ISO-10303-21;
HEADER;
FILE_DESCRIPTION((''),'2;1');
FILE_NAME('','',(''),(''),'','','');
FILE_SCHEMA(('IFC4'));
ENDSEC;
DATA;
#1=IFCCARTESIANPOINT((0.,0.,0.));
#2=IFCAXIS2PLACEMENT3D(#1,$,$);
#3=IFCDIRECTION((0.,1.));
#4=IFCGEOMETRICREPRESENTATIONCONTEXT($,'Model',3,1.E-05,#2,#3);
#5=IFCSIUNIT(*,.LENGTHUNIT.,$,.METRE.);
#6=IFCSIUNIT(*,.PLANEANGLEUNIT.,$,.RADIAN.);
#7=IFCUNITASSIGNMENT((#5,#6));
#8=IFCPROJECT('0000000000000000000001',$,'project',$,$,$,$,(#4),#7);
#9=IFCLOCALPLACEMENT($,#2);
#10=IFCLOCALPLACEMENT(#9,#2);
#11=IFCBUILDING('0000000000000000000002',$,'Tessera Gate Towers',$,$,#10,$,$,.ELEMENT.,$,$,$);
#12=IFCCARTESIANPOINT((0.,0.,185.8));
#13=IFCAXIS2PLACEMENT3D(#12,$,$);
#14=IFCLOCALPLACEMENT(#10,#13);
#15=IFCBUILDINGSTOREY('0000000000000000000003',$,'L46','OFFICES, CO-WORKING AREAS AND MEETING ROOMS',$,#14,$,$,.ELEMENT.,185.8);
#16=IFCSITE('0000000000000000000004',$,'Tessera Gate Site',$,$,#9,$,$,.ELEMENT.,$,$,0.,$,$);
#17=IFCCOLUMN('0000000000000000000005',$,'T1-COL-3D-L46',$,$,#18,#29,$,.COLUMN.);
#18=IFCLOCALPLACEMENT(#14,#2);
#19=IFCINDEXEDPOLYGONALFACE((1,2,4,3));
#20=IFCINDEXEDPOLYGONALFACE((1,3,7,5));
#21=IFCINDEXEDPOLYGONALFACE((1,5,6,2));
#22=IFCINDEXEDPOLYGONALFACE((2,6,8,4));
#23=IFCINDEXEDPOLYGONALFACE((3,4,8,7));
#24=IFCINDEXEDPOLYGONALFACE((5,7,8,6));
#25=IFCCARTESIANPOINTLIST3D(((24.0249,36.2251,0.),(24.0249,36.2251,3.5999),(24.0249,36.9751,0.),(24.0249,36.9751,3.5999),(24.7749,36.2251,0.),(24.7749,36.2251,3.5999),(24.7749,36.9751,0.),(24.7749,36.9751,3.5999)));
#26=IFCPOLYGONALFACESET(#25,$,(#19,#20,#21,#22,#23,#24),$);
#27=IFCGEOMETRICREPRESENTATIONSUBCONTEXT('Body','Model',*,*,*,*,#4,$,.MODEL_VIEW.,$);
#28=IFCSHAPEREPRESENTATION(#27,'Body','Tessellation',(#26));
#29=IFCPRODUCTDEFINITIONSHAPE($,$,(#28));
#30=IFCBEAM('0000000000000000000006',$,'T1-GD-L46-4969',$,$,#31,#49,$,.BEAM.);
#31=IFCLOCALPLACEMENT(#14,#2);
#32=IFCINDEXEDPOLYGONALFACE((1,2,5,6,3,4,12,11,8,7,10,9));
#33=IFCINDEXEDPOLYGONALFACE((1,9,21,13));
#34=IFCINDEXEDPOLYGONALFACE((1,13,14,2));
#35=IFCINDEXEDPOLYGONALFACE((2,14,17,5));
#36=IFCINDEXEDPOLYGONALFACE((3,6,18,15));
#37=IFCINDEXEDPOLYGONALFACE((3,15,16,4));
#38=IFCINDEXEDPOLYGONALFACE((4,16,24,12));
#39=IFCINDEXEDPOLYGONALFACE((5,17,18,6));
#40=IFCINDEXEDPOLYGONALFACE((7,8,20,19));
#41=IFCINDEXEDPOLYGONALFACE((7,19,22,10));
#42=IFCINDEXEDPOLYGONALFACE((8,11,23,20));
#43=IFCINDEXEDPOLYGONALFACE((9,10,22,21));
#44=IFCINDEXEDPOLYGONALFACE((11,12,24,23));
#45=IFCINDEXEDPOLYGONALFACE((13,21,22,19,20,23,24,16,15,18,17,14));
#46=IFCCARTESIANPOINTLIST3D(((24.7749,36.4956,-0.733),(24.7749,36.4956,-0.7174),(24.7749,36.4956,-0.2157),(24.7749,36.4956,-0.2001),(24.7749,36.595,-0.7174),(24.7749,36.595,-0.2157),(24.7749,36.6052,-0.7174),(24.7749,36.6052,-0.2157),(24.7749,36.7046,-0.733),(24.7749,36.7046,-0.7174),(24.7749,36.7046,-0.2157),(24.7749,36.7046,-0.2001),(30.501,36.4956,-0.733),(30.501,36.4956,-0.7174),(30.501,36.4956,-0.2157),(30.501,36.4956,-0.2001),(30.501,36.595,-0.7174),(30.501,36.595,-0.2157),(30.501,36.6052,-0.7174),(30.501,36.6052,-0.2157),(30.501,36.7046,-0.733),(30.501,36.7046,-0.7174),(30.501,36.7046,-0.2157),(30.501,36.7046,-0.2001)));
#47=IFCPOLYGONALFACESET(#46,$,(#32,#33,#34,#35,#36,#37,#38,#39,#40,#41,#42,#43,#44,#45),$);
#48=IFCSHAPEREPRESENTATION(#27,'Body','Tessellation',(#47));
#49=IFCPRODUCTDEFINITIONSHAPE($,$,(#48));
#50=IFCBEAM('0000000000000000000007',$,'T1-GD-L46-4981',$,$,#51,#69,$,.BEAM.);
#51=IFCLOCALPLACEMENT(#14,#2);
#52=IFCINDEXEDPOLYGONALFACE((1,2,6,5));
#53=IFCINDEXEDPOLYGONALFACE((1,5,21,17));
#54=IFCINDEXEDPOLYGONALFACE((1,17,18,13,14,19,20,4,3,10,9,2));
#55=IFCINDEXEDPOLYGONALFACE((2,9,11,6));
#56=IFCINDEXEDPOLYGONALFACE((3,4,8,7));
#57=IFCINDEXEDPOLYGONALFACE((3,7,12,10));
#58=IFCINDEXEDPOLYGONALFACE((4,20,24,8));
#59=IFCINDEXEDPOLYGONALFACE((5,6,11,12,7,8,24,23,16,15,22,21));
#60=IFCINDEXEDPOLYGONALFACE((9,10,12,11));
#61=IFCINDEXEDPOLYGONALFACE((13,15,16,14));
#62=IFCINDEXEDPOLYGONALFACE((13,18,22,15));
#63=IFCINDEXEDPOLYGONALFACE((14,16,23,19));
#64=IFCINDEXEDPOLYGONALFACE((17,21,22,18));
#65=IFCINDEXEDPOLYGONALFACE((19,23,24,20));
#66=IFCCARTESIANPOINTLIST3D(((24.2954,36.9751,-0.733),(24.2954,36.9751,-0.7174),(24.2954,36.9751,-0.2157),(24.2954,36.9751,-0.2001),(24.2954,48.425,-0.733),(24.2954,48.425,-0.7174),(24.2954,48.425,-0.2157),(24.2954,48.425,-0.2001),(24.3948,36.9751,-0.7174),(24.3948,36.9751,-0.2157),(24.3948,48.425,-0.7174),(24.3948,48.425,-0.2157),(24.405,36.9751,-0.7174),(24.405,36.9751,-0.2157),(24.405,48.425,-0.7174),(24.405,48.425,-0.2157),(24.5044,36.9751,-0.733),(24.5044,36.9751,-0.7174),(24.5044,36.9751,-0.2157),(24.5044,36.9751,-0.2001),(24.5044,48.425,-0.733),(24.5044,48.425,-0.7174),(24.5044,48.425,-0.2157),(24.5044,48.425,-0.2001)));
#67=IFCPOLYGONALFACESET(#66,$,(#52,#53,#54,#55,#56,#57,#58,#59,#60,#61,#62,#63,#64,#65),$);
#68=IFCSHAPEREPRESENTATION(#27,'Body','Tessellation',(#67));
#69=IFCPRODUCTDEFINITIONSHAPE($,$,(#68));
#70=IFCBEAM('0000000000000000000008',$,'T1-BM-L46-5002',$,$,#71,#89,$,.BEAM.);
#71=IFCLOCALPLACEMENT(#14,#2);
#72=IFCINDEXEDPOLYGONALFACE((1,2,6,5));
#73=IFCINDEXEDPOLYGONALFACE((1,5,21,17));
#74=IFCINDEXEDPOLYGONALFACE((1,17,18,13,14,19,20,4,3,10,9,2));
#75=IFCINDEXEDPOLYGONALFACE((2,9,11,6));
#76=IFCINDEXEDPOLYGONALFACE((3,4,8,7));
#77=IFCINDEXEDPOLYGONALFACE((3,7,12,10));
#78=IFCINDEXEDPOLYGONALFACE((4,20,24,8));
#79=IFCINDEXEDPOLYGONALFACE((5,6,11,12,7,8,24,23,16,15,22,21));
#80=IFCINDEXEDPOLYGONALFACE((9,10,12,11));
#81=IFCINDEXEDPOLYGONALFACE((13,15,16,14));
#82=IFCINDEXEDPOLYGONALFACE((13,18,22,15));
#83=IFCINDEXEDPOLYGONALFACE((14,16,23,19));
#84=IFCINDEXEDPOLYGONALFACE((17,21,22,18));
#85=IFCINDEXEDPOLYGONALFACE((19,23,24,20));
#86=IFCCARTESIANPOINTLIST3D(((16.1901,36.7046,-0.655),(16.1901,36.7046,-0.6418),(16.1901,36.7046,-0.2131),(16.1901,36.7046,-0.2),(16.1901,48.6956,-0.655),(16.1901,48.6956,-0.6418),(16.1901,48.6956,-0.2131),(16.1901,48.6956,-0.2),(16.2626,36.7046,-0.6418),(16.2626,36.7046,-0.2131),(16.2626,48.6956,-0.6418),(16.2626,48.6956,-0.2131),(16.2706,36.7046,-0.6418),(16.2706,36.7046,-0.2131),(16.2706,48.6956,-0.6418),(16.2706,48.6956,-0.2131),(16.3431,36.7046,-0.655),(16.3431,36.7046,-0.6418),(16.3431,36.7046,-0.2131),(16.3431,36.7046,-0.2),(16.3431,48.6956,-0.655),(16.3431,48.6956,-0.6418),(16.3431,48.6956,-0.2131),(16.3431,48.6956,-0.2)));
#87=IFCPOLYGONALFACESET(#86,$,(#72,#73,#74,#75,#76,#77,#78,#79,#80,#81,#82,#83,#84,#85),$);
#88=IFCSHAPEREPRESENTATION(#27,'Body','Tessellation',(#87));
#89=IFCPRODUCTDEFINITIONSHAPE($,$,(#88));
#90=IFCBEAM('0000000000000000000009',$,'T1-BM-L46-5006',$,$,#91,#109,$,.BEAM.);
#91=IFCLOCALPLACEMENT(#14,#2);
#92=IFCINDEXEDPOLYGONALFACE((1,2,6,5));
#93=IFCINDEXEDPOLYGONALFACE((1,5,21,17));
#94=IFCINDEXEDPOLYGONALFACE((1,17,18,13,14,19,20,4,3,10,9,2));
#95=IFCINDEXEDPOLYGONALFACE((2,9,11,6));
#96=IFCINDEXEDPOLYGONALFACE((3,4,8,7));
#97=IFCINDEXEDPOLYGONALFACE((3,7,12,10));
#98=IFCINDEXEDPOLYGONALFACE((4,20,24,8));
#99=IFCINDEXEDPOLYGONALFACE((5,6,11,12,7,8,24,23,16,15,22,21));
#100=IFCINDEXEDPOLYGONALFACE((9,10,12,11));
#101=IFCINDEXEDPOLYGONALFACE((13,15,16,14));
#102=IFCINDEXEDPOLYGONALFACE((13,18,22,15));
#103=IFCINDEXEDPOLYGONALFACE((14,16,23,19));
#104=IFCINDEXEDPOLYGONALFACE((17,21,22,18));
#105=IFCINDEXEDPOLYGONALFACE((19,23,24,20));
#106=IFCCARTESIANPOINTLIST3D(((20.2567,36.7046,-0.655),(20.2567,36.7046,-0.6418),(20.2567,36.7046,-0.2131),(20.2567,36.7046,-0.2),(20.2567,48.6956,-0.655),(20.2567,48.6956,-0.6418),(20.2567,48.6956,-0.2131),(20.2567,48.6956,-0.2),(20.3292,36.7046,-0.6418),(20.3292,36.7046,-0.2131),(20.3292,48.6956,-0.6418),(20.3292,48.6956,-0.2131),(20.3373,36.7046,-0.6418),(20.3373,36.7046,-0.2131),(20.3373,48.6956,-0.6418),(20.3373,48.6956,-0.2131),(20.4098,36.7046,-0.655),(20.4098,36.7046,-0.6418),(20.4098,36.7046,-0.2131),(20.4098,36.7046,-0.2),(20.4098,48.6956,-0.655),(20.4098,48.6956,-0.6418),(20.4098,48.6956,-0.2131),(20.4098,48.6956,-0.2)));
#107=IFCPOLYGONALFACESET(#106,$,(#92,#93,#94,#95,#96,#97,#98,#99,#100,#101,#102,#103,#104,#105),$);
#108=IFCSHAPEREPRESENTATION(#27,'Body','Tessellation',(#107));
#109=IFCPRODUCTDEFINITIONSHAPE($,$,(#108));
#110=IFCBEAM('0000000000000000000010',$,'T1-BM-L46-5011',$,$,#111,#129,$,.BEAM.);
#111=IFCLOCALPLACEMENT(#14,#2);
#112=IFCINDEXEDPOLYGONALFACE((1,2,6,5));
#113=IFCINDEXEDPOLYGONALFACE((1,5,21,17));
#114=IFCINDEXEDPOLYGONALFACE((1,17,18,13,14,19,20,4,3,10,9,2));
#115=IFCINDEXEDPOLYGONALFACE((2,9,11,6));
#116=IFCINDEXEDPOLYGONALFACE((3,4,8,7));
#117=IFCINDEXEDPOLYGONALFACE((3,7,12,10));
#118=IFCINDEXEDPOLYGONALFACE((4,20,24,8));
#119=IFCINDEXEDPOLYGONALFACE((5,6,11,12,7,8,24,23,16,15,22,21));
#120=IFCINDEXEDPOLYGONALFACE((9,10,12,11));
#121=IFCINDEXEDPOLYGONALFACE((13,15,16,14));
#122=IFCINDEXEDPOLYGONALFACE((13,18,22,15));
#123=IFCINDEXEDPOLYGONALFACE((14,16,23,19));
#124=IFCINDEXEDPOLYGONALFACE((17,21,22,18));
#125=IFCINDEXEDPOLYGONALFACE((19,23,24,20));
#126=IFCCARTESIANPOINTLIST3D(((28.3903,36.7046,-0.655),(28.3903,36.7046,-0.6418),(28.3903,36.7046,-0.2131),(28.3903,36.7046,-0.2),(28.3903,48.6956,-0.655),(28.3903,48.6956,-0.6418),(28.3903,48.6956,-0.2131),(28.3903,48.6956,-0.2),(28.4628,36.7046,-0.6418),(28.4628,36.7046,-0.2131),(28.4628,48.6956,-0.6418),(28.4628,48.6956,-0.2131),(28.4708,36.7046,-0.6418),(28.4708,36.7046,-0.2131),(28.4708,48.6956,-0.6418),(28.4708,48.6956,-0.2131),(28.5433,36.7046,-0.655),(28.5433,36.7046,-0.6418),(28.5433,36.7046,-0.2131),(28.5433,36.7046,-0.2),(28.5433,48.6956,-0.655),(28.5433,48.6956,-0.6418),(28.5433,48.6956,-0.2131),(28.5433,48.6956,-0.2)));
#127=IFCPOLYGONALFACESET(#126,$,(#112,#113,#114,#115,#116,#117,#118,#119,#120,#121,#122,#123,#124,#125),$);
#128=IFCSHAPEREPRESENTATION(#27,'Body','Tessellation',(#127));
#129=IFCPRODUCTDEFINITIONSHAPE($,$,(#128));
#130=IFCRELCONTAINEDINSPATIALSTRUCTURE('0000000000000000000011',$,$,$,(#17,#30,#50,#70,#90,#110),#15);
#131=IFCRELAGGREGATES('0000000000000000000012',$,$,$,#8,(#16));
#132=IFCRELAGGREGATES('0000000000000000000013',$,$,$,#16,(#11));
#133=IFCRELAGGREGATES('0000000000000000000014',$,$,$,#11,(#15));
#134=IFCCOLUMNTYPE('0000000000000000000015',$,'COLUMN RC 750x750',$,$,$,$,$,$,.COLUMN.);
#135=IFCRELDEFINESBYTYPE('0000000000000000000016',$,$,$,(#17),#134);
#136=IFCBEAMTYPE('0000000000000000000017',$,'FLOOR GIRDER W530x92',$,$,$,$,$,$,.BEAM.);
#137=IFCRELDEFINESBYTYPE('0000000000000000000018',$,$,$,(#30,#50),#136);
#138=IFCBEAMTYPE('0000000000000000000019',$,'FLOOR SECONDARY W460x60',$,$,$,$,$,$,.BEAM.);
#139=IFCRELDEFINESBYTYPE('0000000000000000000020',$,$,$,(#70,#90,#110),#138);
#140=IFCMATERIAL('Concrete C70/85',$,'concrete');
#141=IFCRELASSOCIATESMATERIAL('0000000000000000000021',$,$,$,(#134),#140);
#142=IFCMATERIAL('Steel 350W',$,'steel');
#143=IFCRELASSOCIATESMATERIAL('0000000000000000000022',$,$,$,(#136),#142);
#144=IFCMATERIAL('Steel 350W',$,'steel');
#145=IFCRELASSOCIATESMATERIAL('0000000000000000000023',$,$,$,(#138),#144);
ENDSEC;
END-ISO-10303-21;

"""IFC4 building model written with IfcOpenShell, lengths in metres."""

from ifc_helpers import new_model, si_unit, direction, frame, origin, origin_2d, place, context, subcontext, project, spatial, rectangle, i_section, extrude, material, material_profile, profile_set, type_object, element, save


model = new_model("IFC4")

# Units and contexts
model_context = context("Model", 3, precision=1e-05, world=origin(), true_north=direction((0.0, 1.0)))
body_context = subcontext(model_context, "Body", "Model", "MODEL_VIEW")
ifc_project = project(units=[si_unit("LENGTHUNIT", "METRE"), si_unit("PLANEANGLEUNIT", "RADIAN")], contexts=[model_context])

# Site, building, storey
site_placement = place(None, origin())
site = spatial("IfcSite", under=ifc_project, at=site_placement, Name="Tessera Gate Site", CompositionType="ELEMENT", RefElevation=0.0)
building_placement = place(site_placement, origin())
building = spatial("IfcBuilding", under=site, at=building_placement, Name="Tessera Gate Towers", CompositionType="ELEMENT")
storey_placement = place(building_placement, frame((0.0, 0.0, 185.8)))
storey = spatial("IfcBuildingStorey", under=building, at=storey_placement, Name="L46", Description="OFFICES, CO-WORKING AREAS AND MEETING ROOMS", CompositionType="ELEMENT", Elevation=185.8)

# Column
ifc_material_1 = material(Name="Concrete C70/85", Category="concrete")
ifc_material_profile_1 = material_profile(ifc_material_1, rectangle(XDim=0.75, YDim=0.75, at=origin_2d()), Name="RC 750x750")
ifc_profile_set_1 = profile_set([ifc_material_profile_1], Name="Concrete C70/85")
column_type = type_object("IfcColumnType", Name="COLUMN RC 750x750", PredefinedType="COLUMN", material=ifc_profile_set_1)
column_placement = place(storey_placement, frame((24.3999, 36.6001, 0.0), z_axis=(0.0, 0.0, 1.0), x_axis=(1.0, 0.0, 0.0)))
element("IfcColumn", 1, at=column_placement, inside=storey, type_object=column_type, Name="T1-COL-3D-L46", PredefinedType="COLUMN", context=body_context, shape_type="SweptSolid", body=[
    extrude(rectangle(XDim=0.75, YDim=0.75, at=origin_2d()), origin(), (0.0, 0.0, 1.0), 3.5999),
])

# Beams
ifc_material_2 = material(Name="Steel 350W", Category="steel")
ifc_material_profile_2 = material_profile(ifc_material_2, i_section(OverallWidth=0.209, OverallDepth=0.533, WebThickness=0.0103, FlangeThickness=0.0156, at=origin_2d()), Name="W530x92")
ifc_profile_set_2 = profile_set([ifc_material_profile_2], Name="Steel 350W")
beam_type_1 = type_object("IfcBeamType", Name="FLOOR GIRDER W530x92", PredefinedType="BEAM", material=ifc_profile_set_2)
beam_1_placement = place(storey_placement, frame((24.7749, 36.6001, -0.4666), z_axis=(1.0, 0.0, 0.0), x_axis=(0.0, 1.0, 0.0)))
element("IfcBeam", 2, at=beam_1_placement, inside=storey, type_object=beam_type_1, Name="T1-GD-L46-4969", PredefinedType="BEAM", context=body_context, shape_type="SweptSolid", body=[
    extrude(i_section(OverallWidth=0.209, OverallDepth=0.533, WebThickness=0.0103, FlangeThickness=0.0156, at=origin_2d()), origin(), (0.0, 0.0, 1.0), 5.7261),
])
beam_2_placement = place(storey_placement, frame((24.3999, 36.9751, -0.4666), z_axis=(0.0, 1.0, 0.0), x_axis=(-1.0, 0.0, 0.0)))
element("IfcBeam", 3, at=beam_2_placement, inside=storey, type_object=beam_type_1, Name="T1-GD-L46-4981", PredefinedType="BEAM", context=body_context, shape_type="SweptSolid", body=[
    extrude(i_section(OverallWidth=0.209, OverallDepth=0.533, WebThickness=0.0103, FlangeThickness=0.0156, at=origin_2d()), origin(), (0.0, 0.0, 1.0), 11.45),
])
ifc_material_3 = material(Name="Steel 350W", Category="steel")
ifc_material_profile_3 = material_profile(ifc_material_3, i_section(OverallWidth=0.1531, OverallDepth=0.4551, WebThickness=0.0081, FlangeThickness=0.0132, at=origin_2d()), Name="W460x60")
ifc_profile_set_3 = profile_set([ifc_material_profile_3], Name="Steel 350W")
beam_type_2 = type_object("IfcBeamType", Name="FLOOR SECONDARY W460x60", PredefinedType="BEAM", material=ifc_profile_set_3)
for number, where, z_axis, x_axis, name in (
    (4, (16.2666, 36.7046, -0.4275), (0.0, 1.0, 0.0), (-1.0, 0.0, 0.0), "T1-BM-L46-5002"),
    (5, (20.3333, 36.7046, -0.4275), (0.0, 1.0, 0.0), (-1.0, 0.0, 0.0), "T1-BM-L46-5006"),
    (6, (28.4668, 36.7046, -0.4275), (0.0, 1.0, 0.0), (-1.0, 0.0, 0.0), "T1-BM-L46-5011"),
):
    element("IfcBeam", number, at=place(storey_placement, frame(where, z_axis=z_axis, x_axis=x_axis)), inside=storey, type_object=beam_type_2, Name=name, PredefinedType="BEAM", context=body_context, shape_type="SweptSolid", body=[
        extrude(i_section(OverallWidth=0.1531, OverallDepth=0.4551, WebThickness=0.0081, FlangeThickness=0.0132, at=origin_2d()), origin(), (0.0, 0.0, 1.0), 11.991),
    ])

save(model, "model.ifc")
